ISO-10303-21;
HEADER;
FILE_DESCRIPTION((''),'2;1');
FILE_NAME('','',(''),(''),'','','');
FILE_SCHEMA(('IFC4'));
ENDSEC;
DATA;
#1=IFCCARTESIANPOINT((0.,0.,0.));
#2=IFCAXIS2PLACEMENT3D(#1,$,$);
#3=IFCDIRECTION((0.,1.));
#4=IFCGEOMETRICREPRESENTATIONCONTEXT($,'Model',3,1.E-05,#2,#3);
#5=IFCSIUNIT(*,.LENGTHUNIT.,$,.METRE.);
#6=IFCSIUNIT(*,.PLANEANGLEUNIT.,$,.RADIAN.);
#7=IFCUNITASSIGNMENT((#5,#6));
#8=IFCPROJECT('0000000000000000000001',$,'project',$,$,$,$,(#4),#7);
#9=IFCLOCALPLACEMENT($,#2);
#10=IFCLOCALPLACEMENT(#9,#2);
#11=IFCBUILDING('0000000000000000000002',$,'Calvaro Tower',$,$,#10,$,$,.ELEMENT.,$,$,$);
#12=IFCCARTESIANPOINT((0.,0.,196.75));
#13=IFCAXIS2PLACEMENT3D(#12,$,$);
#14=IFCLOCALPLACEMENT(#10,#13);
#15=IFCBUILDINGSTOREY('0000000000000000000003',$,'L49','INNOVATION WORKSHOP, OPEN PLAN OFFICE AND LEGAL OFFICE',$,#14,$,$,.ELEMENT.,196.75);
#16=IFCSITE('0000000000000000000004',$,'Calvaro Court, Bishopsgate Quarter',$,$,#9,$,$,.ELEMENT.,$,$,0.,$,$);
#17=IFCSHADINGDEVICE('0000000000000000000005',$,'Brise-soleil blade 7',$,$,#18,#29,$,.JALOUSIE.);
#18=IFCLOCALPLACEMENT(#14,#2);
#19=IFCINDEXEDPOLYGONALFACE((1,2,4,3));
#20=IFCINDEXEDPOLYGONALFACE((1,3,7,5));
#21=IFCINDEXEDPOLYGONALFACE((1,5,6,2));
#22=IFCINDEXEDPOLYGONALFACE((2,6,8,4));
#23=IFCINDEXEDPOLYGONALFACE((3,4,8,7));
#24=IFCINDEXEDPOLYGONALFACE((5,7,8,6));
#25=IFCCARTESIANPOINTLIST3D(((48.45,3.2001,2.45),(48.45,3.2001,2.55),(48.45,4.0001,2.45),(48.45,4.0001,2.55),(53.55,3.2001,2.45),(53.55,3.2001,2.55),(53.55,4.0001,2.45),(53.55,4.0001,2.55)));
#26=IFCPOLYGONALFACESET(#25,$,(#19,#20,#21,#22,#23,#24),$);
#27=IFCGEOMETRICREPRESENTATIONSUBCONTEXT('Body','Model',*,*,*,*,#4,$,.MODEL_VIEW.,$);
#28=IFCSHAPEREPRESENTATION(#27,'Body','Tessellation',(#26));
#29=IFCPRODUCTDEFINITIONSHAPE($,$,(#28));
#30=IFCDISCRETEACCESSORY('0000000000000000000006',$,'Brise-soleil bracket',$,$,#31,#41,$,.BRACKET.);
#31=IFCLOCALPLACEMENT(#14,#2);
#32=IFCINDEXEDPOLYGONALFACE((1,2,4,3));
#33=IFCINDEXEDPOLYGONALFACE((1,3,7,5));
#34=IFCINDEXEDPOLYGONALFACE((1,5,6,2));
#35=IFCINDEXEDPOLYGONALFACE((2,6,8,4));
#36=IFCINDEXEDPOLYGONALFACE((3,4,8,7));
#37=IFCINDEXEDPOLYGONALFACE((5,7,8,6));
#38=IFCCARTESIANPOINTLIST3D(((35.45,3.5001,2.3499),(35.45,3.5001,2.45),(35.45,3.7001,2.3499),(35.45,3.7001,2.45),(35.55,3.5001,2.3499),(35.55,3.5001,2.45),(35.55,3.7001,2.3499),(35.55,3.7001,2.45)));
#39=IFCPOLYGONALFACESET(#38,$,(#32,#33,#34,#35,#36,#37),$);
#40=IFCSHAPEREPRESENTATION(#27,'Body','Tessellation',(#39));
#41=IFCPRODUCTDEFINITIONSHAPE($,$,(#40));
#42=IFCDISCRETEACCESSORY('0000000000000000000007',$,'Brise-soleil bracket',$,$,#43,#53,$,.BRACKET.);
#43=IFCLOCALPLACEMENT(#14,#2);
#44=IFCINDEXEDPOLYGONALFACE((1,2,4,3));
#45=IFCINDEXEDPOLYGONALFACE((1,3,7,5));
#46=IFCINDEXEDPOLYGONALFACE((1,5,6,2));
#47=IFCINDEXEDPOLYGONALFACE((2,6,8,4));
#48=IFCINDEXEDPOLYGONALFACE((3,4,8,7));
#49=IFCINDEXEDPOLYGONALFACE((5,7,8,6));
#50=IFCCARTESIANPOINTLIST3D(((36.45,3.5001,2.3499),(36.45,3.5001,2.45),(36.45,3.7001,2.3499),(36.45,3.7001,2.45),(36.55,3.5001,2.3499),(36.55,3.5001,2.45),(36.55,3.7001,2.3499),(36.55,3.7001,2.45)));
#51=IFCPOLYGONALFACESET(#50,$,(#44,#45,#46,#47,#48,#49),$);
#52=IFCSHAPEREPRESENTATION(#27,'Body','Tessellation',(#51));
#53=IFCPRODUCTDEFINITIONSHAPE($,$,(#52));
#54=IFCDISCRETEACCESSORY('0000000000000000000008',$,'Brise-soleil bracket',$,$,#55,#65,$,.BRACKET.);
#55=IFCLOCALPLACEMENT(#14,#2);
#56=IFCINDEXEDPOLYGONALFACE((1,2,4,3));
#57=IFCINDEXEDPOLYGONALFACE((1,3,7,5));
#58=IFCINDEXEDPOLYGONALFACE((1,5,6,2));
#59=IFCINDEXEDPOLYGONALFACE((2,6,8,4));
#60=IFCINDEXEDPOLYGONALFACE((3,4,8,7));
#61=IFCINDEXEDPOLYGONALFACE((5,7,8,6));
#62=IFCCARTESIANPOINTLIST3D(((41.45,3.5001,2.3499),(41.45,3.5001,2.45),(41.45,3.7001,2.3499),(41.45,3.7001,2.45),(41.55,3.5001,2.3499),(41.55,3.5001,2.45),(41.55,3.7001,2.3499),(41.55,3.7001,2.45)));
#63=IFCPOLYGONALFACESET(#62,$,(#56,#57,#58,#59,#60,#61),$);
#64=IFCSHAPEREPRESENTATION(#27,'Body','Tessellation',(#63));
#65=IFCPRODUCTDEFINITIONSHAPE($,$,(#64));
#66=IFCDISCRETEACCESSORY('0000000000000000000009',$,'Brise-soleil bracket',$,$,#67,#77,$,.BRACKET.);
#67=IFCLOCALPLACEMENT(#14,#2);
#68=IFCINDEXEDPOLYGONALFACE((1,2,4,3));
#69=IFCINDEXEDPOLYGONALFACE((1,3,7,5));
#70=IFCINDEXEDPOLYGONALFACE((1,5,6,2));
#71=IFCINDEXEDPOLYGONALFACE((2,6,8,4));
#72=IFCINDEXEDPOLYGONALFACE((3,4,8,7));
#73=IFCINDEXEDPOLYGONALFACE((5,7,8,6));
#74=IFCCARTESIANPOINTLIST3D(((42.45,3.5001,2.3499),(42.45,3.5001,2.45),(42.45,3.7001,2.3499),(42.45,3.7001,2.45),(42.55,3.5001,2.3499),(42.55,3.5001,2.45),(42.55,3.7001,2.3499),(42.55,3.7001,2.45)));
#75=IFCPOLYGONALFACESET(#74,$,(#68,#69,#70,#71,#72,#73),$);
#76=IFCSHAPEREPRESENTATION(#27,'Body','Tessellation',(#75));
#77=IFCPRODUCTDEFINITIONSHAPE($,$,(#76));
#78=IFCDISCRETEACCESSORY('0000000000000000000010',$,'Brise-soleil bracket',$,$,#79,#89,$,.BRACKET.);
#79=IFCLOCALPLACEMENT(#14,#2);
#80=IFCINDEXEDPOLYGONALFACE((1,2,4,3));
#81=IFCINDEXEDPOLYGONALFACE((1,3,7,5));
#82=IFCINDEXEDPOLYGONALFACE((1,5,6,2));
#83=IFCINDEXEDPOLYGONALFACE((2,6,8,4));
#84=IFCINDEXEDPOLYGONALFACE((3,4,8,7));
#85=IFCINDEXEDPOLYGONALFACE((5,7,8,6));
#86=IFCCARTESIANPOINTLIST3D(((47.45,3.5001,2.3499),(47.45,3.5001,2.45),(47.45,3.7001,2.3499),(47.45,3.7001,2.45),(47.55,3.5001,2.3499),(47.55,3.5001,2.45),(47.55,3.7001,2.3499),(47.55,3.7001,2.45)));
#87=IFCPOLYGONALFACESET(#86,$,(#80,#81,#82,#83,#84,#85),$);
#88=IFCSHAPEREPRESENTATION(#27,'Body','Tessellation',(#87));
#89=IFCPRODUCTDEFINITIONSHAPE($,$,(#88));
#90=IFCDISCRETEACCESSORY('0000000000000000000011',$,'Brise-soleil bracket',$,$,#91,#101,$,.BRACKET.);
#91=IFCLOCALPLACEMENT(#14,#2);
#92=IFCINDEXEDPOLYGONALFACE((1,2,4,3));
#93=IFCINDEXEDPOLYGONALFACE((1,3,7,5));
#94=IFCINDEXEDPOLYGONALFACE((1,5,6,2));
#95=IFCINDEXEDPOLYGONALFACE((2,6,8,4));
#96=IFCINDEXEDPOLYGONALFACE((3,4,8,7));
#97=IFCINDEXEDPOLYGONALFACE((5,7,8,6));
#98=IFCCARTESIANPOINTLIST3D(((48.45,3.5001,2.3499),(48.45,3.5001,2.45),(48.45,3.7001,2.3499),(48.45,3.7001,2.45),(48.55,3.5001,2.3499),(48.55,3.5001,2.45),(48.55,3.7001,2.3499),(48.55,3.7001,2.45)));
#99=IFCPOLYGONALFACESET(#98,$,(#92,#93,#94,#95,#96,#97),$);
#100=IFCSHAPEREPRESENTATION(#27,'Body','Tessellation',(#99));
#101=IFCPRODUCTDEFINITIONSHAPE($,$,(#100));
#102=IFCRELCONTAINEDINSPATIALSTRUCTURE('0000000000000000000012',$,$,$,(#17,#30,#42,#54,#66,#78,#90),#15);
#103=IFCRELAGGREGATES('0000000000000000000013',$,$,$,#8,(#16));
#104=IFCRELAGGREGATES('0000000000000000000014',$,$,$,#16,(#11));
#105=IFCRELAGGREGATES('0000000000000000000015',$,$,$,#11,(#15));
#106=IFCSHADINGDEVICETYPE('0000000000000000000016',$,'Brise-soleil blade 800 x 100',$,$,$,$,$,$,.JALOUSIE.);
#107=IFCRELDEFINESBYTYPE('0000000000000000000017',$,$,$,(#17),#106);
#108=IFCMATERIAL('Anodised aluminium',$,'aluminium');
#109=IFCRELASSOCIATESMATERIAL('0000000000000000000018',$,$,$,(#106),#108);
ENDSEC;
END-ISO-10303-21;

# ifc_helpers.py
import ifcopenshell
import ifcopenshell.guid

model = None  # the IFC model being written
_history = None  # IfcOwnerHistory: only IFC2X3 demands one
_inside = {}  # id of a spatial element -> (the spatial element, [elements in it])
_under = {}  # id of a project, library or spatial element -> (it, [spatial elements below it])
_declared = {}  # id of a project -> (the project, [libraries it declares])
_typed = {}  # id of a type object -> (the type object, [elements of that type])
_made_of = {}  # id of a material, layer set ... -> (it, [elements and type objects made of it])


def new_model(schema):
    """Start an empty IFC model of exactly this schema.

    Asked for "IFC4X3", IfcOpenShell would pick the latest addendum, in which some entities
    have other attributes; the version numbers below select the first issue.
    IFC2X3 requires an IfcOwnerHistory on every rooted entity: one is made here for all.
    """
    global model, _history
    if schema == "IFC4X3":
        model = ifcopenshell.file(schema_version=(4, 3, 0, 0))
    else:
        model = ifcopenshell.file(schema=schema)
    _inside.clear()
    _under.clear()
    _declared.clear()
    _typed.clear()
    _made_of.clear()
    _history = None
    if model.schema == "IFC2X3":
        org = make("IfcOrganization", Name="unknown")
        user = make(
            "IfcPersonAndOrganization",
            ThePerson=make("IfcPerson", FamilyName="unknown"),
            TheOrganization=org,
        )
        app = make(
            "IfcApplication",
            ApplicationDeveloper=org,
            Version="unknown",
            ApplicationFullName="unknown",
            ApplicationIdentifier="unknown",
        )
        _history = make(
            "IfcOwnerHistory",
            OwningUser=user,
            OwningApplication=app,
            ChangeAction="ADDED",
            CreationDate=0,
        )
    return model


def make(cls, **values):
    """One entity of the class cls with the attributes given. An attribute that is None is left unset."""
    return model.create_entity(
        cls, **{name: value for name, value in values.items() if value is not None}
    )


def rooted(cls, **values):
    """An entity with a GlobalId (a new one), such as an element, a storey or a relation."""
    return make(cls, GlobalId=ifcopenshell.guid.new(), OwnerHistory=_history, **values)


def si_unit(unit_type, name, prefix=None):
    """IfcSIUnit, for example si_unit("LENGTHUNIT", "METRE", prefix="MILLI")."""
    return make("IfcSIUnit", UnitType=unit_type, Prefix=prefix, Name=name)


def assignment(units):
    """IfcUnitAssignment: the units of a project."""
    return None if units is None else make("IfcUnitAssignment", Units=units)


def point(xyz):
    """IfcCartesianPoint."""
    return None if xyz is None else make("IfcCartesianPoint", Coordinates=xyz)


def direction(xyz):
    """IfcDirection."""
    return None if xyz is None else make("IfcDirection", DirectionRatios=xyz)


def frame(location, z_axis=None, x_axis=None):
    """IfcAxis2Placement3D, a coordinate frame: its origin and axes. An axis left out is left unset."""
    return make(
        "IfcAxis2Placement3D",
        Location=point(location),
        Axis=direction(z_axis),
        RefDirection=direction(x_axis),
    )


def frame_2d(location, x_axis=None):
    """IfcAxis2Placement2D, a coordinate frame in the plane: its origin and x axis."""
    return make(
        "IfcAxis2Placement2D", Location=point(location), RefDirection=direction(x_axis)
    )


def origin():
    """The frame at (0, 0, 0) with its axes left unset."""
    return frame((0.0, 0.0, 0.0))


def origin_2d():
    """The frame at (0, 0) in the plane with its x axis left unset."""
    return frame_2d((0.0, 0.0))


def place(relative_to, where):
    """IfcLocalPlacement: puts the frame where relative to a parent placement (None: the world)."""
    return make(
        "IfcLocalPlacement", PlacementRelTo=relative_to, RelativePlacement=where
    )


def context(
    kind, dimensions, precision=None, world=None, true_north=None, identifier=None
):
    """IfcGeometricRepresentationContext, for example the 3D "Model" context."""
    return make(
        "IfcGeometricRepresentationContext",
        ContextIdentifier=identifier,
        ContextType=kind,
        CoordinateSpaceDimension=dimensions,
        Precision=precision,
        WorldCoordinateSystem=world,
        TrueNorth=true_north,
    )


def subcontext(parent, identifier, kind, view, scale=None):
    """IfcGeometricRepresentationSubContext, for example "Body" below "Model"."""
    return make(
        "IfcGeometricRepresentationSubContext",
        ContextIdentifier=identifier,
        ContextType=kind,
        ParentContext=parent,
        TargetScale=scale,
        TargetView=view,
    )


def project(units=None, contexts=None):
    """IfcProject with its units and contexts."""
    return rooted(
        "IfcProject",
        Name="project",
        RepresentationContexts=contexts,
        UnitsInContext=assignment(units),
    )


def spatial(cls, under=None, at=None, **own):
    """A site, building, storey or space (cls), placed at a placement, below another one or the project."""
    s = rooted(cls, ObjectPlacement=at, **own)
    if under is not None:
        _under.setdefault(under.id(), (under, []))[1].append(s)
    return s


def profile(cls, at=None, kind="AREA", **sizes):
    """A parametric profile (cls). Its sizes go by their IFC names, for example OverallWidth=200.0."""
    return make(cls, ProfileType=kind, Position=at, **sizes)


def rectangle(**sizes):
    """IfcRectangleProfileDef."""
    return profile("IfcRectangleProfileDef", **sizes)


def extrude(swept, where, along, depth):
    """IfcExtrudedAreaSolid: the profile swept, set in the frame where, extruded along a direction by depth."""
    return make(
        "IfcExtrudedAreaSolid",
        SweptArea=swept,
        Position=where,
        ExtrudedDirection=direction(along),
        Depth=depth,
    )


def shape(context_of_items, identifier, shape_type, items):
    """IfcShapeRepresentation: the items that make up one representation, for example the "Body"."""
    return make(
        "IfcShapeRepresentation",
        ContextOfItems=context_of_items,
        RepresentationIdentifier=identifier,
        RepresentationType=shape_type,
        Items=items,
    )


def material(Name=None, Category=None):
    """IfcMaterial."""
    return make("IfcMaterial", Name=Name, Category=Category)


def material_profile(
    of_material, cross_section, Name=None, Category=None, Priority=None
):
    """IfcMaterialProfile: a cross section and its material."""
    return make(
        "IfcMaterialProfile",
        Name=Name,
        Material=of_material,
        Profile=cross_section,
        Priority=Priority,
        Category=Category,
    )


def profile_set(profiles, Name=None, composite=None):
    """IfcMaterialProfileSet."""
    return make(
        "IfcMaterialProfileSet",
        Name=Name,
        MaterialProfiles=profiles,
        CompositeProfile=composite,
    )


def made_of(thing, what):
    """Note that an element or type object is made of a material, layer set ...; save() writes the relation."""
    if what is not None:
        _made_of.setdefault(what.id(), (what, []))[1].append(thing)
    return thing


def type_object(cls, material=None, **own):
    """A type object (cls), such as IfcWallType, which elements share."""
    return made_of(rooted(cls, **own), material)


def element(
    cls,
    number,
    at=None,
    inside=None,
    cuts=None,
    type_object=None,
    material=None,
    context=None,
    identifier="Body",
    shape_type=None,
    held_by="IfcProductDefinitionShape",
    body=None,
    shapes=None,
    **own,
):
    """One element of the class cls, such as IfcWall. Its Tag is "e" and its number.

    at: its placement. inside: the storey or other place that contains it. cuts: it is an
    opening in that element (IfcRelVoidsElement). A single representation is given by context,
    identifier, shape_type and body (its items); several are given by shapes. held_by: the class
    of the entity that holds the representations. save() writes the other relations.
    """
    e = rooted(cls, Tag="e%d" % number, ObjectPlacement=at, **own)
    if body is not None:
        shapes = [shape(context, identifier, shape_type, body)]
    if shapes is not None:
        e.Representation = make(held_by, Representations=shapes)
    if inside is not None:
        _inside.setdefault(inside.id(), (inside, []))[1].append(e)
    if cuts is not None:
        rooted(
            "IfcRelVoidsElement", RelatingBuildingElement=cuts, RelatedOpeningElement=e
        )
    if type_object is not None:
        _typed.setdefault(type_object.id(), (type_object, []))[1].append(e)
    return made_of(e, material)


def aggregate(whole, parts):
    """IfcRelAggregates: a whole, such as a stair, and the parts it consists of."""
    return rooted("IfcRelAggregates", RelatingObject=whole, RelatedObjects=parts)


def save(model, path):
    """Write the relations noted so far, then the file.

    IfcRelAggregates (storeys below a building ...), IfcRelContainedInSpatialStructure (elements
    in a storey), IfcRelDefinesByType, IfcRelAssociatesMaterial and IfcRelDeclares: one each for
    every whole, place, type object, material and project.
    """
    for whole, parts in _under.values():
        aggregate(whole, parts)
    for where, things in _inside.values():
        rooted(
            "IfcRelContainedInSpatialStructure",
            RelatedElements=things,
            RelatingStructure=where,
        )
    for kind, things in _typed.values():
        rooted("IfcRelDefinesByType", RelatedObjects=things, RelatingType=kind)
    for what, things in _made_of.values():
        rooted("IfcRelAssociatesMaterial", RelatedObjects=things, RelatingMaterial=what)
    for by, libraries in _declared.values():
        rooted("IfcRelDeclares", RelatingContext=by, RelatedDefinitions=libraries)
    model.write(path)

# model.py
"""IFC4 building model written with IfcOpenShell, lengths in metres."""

from ifc_helpers import new_model, si_unit, direction, frame, origin, origin_2d, place, context, subcontext, project, spatial, rectangle, extrude, material, material_profile, profile_set, type_object, element, save


model = new_model("IFC4")

# Units and contexts
model_context = context("Model", 3, precision=1e-05, world=origin(), true_north=direction((0.0, 1.0)))
body_context = subcontext(model_context, "Body", "Model", "MODEL_VIEW")
ifc_project = project(units=[si_unit("LENGTHUNIT", "METRE"), si_unit("PLANEANGLEUNIT", "RADIAN")], contexts=[model_context])

# Site, building, storey
site_placement = place(None, origin())
site = spatial("IfcSite", under=ifc_project, at=site_placement, Name="Calvaro Court, Bishopsgate Quarter", CompositionType="ELEMENT", RefElevation=0.0)
building_placement = place(site_placement, origin())
building = spatial("IfcBuilding", under=site, at=building_placement, Name="Calvaro Tower", CompositionType="ELEMENT")
storey_placement = place(building_placement, frame((0.0, 0.0, 196.75)))
storey = spatial("IfcBuildingStorey", under=building, at=storey_placement, Name="L49", Description="INNOVATION WORKSHOP, OPEN PLAN OFFICE AND LEGAL OFFICE", CompositionType="ELEMENT", Elevation=196.75)

# Shading device
ifc_material_1 = material(Name="Anodised aluminium", Category="aluminium")
ifc_material_profile_1 = material_profile(ifc_material_1, rectangle(XDim=0.8, YDim=0.1001, at=origin_2d()), Name="Brise-soleil blade 800 x 100")
ifc_profile_set_1 = profile_set([ifc_material_profile_1], Name="Anodised aluminium")
shading_device_type = type_object("IfcShadingDeviceType", Name="Brise-soleil blade 800 x 100", PredefinedType="JALOUSIE", material=ifc_profile_set_1)
for number, where, z_axis, x_axis, name in (
    (1, (48.45, 3.6001, 2.5), (1.0, 0.0, 0.0), (0.0, 1.0, 0.0), "Brise-soleil blade 7"),
):
    element("IfcShadingDevice", number, at=place(storey_placement, frame(where, z_axis=z_axis, x_axis=x_axis)), inside=storey, type_object=shading_device_type, Name=name, PredefinedType="JALOUSIE", context=body_context, shape_type="SweptSolid", body=[
        extrude(rectangle(XDim=0.8, YDim=0.1001, at=origin_2d()), origin(), (0.0, 0.0, 1.0), 5.1001),
    ])

# Discrete accessories
for number, where, z_axis, x_axis, name in (
    (2, (35.5, 3.6001, 2.3499), (0.0, 0.0, 1.0), (1.0, 0.0, 0.0), "Brise-soleil bracket"),
    (3, (36.5, 3.6001, 2.3499), (0.0, 0.0, 1.0), (1.0, 0.0, 0.0), "Brise-soleil bracket"),
    (4, (41.5, 3.6001, 2.3499), (0.0, 0.0, 1.0), (1.0, 0.0, 0.0), "Brise-soleil bracket"),
    (5, (42.5, 3.6001, 2.3499), (0.0, 0.0, 1.0), (1.0, 0.0, 0.0), "Brise-soleil bracket"),
    (6, (47.5, 3.6001, 2.3499), (0.0, 0.0, 1.0), (1.0, 0.0, 0.0), "Brise-soleil bracket"),
    (7, (48.5, 3.6001, 2.3499), (0.0, 0.0, 1.0), (1.0, 0.0, 0.0), "Brise-soleil bracket"),
):
    element("IfcDiscreteAccessory", number, at=place(storey_placement, frame(where, z_axis=z_axis, x_axis=x_axis)), inside=storey, Name=name, PredefinedType="BRACKET", context=body_context, shape_type="SweptSolid", body=[
        extrude(rectangle(XDim=0.1001, YDim=0.2, at=origin_2d()), origin(), (0.0, 0.0, 1.0), 0.1001),
    ])

save(model, "model.ifc")
